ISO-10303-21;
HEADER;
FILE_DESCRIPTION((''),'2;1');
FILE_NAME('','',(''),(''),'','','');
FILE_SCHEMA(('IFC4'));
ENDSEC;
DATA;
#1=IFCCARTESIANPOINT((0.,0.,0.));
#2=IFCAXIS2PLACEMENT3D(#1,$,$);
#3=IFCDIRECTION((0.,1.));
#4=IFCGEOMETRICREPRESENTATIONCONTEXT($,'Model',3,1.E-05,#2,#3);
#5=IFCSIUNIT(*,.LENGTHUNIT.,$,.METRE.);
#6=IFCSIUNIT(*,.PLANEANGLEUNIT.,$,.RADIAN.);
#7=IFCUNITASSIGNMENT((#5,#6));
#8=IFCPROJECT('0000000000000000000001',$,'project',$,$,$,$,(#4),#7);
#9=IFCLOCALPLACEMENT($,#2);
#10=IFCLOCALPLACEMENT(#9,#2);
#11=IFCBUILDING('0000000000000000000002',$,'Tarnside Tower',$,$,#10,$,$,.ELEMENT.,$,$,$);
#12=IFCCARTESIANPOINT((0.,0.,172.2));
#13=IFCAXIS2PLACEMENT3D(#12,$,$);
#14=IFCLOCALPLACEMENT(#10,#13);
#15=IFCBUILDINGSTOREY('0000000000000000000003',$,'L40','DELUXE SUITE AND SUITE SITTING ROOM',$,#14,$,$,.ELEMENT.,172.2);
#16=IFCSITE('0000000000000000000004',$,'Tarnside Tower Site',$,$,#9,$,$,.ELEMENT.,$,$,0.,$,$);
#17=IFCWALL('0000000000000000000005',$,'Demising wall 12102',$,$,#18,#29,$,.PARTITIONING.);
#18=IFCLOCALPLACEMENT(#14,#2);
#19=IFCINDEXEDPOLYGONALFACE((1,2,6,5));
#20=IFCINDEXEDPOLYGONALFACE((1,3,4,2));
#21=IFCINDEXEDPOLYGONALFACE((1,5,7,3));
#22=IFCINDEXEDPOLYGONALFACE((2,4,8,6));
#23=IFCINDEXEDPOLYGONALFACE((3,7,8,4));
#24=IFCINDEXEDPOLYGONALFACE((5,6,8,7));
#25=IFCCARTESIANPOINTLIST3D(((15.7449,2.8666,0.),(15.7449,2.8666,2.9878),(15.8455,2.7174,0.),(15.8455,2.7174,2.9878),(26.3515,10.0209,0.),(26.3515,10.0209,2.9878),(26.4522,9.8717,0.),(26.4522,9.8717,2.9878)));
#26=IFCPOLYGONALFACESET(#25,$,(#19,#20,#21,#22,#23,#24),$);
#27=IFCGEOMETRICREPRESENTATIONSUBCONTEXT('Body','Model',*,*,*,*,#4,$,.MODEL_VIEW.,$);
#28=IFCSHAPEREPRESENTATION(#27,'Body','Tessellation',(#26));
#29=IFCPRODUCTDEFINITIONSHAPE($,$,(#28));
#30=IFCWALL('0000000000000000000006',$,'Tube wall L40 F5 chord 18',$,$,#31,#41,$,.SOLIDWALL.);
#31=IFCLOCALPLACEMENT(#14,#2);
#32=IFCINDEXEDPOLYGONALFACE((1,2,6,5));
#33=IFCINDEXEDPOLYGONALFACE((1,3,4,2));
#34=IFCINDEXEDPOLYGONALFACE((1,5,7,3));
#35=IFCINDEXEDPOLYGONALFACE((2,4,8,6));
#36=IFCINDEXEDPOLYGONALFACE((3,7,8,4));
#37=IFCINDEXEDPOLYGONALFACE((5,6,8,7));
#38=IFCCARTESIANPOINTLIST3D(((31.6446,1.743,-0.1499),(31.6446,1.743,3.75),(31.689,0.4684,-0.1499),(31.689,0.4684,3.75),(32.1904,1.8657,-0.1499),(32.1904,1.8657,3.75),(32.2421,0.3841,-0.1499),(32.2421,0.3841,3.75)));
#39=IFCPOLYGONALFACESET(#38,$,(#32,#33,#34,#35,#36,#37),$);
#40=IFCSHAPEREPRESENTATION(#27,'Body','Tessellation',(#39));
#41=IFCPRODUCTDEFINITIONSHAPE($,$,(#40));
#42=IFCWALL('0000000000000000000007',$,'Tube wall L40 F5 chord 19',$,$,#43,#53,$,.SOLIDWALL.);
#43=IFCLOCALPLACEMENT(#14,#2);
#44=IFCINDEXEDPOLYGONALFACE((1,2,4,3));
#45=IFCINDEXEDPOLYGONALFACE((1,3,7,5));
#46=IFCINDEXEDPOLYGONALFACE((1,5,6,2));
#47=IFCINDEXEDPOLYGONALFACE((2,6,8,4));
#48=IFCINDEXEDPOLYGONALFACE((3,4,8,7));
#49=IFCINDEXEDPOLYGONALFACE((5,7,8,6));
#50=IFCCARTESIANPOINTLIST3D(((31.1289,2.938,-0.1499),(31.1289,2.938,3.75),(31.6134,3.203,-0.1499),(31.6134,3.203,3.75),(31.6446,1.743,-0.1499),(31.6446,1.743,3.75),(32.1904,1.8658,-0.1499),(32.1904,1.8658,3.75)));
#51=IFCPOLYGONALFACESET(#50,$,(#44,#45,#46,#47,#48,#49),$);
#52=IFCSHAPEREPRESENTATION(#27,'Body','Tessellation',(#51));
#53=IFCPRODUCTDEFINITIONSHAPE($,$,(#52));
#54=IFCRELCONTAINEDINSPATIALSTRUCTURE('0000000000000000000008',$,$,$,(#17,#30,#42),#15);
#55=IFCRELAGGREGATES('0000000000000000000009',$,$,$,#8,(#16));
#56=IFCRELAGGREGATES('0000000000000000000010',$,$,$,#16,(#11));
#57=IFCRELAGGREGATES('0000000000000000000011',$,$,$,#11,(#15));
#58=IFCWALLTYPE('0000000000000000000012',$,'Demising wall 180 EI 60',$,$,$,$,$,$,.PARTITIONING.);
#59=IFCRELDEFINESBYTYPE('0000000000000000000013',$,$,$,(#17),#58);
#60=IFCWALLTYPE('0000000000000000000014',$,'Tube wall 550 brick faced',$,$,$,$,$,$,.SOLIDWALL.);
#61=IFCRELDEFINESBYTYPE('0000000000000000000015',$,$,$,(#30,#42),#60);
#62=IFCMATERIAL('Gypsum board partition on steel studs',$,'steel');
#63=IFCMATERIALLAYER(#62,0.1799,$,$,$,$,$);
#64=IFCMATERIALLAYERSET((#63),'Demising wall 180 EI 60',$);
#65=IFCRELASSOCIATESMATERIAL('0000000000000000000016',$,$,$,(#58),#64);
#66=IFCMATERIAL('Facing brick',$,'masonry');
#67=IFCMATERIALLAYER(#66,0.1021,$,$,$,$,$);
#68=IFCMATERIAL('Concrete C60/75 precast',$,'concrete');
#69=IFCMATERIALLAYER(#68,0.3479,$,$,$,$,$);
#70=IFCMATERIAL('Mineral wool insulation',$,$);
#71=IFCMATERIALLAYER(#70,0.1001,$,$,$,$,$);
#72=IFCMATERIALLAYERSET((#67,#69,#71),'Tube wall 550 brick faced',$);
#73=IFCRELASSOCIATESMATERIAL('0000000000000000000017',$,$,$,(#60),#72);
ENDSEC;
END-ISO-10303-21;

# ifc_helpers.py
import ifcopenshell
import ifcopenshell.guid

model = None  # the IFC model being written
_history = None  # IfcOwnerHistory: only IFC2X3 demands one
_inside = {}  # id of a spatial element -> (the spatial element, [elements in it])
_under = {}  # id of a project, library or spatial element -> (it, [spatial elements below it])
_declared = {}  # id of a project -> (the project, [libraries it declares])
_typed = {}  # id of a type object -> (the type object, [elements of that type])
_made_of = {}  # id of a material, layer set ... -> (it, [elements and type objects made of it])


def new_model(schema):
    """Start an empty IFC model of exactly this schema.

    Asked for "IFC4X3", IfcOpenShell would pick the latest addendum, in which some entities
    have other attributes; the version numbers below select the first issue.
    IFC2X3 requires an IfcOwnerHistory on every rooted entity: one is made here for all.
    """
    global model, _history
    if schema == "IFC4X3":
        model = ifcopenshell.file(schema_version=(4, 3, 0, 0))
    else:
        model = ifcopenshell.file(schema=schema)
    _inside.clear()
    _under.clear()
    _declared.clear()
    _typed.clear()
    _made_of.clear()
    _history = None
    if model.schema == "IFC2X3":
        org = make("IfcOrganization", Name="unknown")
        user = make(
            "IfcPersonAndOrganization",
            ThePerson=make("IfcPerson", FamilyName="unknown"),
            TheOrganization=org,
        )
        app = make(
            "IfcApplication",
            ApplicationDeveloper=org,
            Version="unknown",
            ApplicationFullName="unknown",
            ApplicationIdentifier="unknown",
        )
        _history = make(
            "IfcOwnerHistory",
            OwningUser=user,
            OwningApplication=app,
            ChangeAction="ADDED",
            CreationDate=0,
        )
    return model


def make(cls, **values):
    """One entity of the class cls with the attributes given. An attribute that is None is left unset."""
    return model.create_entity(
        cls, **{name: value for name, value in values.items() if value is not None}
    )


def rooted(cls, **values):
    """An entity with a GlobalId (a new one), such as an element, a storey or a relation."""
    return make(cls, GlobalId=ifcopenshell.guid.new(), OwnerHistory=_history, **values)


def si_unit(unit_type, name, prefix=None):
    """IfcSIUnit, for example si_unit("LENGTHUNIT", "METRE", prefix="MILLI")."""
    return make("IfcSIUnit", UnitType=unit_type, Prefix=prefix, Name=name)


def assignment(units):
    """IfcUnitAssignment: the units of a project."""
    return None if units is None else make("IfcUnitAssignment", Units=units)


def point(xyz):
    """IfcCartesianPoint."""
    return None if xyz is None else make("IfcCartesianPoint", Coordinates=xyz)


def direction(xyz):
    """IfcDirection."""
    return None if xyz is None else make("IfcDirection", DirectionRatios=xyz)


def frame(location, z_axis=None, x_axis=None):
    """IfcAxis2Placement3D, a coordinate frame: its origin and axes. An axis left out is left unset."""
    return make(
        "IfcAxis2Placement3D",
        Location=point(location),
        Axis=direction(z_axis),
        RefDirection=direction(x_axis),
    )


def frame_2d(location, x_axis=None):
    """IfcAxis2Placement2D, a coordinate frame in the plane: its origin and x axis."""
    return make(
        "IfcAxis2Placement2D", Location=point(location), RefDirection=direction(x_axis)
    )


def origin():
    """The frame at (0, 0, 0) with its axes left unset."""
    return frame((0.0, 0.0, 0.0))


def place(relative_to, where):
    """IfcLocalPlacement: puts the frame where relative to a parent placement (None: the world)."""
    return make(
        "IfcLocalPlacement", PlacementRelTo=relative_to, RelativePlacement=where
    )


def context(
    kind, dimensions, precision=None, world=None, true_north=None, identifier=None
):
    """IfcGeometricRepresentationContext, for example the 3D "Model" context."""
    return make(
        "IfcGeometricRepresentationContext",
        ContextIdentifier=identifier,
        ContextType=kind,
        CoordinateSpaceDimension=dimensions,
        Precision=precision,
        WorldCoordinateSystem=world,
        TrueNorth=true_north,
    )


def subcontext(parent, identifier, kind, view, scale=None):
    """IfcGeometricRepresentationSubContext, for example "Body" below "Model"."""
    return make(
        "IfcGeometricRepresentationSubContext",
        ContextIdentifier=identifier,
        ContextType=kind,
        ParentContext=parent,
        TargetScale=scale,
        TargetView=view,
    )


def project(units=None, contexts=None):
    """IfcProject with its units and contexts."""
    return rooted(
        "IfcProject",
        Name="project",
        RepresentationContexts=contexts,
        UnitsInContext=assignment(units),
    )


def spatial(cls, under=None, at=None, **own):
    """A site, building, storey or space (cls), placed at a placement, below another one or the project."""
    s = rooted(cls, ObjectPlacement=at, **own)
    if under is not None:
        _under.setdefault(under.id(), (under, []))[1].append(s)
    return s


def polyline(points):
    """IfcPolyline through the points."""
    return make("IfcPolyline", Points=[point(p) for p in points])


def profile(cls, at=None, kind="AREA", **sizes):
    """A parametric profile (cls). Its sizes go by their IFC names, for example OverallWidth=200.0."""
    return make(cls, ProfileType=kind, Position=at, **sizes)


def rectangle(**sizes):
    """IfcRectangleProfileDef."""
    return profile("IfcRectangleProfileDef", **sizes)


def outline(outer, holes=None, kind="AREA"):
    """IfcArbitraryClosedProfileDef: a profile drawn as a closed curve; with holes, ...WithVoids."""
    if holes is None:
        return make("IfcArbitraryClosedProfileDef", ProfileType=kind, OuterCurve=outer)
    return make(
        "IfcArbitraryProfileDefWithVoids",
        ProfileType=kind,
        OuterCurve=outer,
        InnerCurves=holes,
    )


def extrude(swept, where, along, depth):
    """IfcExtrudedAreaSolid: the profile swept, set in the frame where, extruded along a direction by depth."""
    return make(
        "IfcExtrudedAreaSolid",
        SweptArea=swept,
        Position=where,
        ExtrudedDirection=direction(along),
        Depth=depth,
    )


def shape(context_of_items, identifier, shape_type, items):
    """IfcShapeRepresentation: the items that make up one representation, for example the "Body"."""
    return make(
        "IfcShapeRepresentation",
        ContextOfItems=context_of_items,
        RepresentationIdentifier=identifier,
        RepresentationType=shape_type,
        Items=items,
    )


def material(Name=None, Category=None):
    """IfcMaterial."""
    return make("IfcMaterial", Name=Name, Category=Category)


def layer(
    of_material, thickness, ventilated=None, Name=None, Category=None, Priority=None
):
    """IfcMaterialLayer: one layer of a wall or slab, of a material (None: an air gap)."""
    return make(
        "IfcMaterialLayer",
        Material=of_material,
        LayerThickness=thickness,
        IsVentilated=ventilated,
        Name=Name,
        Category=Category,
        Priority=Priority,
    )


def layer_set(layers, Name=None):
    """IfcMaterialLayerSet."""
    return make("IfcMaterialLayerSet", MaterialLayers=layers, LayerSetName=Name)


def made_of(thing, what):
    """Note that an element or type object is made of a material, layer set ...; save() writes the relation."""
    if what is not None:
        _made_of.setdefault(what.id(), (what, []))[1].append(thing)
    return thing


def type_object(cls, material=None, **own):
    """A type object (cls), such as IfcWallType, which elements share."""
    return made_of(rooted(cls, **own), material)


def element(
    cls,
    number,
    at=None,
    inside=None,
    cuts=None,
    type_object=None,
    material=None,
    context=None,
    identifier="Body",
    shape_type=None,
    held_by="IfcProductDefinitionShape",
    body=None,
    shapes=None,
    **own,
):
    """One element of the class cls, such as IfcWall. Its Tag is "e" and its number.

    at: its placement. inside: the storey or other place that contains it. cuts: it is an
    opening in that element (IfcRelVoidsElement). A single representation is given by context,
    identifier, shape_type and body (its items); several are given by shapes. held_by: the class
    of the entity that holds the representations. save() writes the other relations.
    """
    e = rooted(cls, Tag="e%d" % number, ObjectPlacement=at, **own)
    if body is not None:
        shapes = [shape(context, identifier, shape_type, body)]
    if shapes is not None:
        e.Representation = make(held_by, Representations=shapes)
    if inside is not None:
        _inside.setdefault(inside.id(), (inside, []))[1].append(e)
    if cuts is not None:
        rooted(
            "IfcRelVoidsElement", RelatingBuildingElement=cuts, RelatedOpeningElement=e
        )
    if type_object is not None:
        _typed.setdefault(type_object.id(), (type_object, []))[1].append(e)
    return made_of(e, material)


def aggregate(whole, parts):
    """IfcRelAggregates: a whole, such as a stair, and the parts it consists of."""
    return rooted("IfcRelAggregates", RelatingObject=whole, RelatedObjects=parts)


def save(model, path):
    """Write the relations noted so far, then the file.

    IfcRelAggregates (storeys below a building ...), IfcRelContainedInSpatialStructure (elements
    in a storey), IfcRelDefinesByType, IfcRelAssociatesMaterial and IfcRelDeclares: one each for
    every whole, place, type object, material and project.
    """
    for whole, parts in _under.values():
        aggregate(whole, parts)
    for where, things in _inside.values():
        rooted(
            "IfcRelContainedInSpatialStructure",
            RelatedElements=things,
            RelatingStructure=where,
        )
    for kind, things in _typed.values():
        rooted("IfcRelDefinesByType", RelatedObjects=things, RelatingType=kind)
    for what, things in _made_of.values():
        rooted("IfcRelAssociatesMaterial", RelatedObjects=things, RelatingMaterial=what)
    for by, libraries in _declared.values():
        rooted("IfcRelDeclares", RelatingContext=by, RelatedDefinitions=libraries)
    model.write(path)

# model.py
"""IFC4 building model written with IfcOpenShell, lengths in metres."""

from ifc_helpers import new_model, si_unit, direction, frame, frame_2d, origin, place, context, subcontext, project, spatial, polyline, rectangle, outline, extrude, material, layer, layer_set, type_object, element, save


model = new_model("IFC4")

# Units and contexts
model_context = context("Model", 3, precision=1e-05, world=origin(), true_north=direction((0.0, 1.0)))
body_context = subcontext(model_context, "Body", "Model", "MODEL_VIEW")
ifc_project = project(units=[si_unit("LENGTHUNIT", "METRE"), si_unit("PLANEANGLEUNIT", "RADIAN")], contexts=[model_context])

# Site, building, storey
site_placement = place(None, origin())
site = spatial("IfcSite", under=ifc_project, at=site_placement, Name="Tarnside Tower Site", CompositionType="ELEMENT", RefElevation=0.0)
building_placement = place(site_placement, origin())
building = spatial("IfcBuilding", under=site, at=building_placement, Name="Tarnside Tower", CompositionType="ELEMENT")
storey_placement = place(building_placement, frame((0.0, 0.0, 172.2)))
storey = spatial("IfcBuildingStorey", under=building, at=storey_placement, Name="L40", Description="DELUXE SUITE AND SUITE SITTING ROOM", CompositionType="ELEMENT", Elevation=172.2)

# Walls
ifc_material_1 = material(Name="Gypsum board partition on steel studs", Category="steel")
ifc_layer_1 = layer(ifc_material_1, 0.1799)
ifc_layer_set_1 = layer_set([ifc_layer_1], Name="Demising wall 180 EI 60")
wall_type_1 = type_object("IfcWallType", Name="Demising wall 180 EI 60", PredefinedType="PARTITIONING", material=ifc_layer_set_1)
wall_1_placement = place(storey_placement, frame((26.4019, 9.9463, 0.0), z_axis=(0.0, 0.0, 1.0), x_axis=(-0.829038, -0.559193, 0.0)))
element("IfcWall", 1, at=wall_1_placement, inside=storey, type_object=wall_type_1, Name="Demising wall 12102", PredefinedType="PARTITIONING", context=body_context, shape_type="SweptSolid", body=[
    extrude(rectangle(XDim=12.7939, YDim=0.1799, at=frame_2d((6.397, 0.0))), origin(), (0.0, 0.0, 1.0), 2.9878),
])
ifc_material_2 = material(Name="Facing brick", Category="masonry")
ifc_layer_2 = layer(ifc_material_2, 0.1021)
ifc_material_3 = material(Name="Concrete C60/75 precast", Category="concrete")
ifc_layer_3 = layer(ifc_material_3, 0.3479)
ifc_material_4 = material(Name="Mineral wool insulation")
ifc_layer_4 = layer(ifc_material_4, 0.1001)
ifc_layer_set_2 = layer_set([ifc_layer_2, ifc_layer_3, ifc_layer_4], Name="Tube wall 550 brick faced")
wall_type_2 = type_object("IfcWallType", Name="Tube wall 550 brick faced", PredefinedType="SOLIDWALL", material=ifc_layer_set_2)
wall_2_placement = place(storey_placement, frame((31.9656, 0.4263, -0.1499), z_axis=(0.0, 0.0, 1.0), x_axis=(-0.034877, 0.999392, 0.0)))
element("IfcWall", 2, at=wall_2_placement, inside=storey, type_object=wall_type_2, Name="Tube wall L40 F5 chord 18", PredefinedType="SOLIDWALL", context=body_context, shape_type="SweptSolid", body=[
    extrude(outline(polyline([(-0.0518, -0.2749), (1.4307, -0.2749), (1.3271, 0.2749), (0.0518, 0.2749), (-0.0518, -0.2749)])), origin(), (0.0, 0.0, 1.0), 3.8999),
])
wall_3_placement = place(storey_placement, frame((31.9175, 1.8044, -0.1499), z_axis=(0.0, 0.0, 1.0), x_axis=(-0.396226, 0.918153, 0.0)))
element("IfcWall", 3, at=wall_3_placement, inside=storey, type_object=wall_type_2, Name="Tube wall L40 F5 chord 19", PredefinedType="SOLIDWALL", context=body_context, shape_type="SweptSolid", body=[
    extrude(outline(polyline([(-0.0518, -0.2749), (1.4045, -0.2749), (1.3533, 0.2749), (0.0518, 0.2749), (-0.0518, -0.2749)])), origin(), (0.0, 0.0, 1.0), 3.8999),
])

save(model, "model.ifc")
